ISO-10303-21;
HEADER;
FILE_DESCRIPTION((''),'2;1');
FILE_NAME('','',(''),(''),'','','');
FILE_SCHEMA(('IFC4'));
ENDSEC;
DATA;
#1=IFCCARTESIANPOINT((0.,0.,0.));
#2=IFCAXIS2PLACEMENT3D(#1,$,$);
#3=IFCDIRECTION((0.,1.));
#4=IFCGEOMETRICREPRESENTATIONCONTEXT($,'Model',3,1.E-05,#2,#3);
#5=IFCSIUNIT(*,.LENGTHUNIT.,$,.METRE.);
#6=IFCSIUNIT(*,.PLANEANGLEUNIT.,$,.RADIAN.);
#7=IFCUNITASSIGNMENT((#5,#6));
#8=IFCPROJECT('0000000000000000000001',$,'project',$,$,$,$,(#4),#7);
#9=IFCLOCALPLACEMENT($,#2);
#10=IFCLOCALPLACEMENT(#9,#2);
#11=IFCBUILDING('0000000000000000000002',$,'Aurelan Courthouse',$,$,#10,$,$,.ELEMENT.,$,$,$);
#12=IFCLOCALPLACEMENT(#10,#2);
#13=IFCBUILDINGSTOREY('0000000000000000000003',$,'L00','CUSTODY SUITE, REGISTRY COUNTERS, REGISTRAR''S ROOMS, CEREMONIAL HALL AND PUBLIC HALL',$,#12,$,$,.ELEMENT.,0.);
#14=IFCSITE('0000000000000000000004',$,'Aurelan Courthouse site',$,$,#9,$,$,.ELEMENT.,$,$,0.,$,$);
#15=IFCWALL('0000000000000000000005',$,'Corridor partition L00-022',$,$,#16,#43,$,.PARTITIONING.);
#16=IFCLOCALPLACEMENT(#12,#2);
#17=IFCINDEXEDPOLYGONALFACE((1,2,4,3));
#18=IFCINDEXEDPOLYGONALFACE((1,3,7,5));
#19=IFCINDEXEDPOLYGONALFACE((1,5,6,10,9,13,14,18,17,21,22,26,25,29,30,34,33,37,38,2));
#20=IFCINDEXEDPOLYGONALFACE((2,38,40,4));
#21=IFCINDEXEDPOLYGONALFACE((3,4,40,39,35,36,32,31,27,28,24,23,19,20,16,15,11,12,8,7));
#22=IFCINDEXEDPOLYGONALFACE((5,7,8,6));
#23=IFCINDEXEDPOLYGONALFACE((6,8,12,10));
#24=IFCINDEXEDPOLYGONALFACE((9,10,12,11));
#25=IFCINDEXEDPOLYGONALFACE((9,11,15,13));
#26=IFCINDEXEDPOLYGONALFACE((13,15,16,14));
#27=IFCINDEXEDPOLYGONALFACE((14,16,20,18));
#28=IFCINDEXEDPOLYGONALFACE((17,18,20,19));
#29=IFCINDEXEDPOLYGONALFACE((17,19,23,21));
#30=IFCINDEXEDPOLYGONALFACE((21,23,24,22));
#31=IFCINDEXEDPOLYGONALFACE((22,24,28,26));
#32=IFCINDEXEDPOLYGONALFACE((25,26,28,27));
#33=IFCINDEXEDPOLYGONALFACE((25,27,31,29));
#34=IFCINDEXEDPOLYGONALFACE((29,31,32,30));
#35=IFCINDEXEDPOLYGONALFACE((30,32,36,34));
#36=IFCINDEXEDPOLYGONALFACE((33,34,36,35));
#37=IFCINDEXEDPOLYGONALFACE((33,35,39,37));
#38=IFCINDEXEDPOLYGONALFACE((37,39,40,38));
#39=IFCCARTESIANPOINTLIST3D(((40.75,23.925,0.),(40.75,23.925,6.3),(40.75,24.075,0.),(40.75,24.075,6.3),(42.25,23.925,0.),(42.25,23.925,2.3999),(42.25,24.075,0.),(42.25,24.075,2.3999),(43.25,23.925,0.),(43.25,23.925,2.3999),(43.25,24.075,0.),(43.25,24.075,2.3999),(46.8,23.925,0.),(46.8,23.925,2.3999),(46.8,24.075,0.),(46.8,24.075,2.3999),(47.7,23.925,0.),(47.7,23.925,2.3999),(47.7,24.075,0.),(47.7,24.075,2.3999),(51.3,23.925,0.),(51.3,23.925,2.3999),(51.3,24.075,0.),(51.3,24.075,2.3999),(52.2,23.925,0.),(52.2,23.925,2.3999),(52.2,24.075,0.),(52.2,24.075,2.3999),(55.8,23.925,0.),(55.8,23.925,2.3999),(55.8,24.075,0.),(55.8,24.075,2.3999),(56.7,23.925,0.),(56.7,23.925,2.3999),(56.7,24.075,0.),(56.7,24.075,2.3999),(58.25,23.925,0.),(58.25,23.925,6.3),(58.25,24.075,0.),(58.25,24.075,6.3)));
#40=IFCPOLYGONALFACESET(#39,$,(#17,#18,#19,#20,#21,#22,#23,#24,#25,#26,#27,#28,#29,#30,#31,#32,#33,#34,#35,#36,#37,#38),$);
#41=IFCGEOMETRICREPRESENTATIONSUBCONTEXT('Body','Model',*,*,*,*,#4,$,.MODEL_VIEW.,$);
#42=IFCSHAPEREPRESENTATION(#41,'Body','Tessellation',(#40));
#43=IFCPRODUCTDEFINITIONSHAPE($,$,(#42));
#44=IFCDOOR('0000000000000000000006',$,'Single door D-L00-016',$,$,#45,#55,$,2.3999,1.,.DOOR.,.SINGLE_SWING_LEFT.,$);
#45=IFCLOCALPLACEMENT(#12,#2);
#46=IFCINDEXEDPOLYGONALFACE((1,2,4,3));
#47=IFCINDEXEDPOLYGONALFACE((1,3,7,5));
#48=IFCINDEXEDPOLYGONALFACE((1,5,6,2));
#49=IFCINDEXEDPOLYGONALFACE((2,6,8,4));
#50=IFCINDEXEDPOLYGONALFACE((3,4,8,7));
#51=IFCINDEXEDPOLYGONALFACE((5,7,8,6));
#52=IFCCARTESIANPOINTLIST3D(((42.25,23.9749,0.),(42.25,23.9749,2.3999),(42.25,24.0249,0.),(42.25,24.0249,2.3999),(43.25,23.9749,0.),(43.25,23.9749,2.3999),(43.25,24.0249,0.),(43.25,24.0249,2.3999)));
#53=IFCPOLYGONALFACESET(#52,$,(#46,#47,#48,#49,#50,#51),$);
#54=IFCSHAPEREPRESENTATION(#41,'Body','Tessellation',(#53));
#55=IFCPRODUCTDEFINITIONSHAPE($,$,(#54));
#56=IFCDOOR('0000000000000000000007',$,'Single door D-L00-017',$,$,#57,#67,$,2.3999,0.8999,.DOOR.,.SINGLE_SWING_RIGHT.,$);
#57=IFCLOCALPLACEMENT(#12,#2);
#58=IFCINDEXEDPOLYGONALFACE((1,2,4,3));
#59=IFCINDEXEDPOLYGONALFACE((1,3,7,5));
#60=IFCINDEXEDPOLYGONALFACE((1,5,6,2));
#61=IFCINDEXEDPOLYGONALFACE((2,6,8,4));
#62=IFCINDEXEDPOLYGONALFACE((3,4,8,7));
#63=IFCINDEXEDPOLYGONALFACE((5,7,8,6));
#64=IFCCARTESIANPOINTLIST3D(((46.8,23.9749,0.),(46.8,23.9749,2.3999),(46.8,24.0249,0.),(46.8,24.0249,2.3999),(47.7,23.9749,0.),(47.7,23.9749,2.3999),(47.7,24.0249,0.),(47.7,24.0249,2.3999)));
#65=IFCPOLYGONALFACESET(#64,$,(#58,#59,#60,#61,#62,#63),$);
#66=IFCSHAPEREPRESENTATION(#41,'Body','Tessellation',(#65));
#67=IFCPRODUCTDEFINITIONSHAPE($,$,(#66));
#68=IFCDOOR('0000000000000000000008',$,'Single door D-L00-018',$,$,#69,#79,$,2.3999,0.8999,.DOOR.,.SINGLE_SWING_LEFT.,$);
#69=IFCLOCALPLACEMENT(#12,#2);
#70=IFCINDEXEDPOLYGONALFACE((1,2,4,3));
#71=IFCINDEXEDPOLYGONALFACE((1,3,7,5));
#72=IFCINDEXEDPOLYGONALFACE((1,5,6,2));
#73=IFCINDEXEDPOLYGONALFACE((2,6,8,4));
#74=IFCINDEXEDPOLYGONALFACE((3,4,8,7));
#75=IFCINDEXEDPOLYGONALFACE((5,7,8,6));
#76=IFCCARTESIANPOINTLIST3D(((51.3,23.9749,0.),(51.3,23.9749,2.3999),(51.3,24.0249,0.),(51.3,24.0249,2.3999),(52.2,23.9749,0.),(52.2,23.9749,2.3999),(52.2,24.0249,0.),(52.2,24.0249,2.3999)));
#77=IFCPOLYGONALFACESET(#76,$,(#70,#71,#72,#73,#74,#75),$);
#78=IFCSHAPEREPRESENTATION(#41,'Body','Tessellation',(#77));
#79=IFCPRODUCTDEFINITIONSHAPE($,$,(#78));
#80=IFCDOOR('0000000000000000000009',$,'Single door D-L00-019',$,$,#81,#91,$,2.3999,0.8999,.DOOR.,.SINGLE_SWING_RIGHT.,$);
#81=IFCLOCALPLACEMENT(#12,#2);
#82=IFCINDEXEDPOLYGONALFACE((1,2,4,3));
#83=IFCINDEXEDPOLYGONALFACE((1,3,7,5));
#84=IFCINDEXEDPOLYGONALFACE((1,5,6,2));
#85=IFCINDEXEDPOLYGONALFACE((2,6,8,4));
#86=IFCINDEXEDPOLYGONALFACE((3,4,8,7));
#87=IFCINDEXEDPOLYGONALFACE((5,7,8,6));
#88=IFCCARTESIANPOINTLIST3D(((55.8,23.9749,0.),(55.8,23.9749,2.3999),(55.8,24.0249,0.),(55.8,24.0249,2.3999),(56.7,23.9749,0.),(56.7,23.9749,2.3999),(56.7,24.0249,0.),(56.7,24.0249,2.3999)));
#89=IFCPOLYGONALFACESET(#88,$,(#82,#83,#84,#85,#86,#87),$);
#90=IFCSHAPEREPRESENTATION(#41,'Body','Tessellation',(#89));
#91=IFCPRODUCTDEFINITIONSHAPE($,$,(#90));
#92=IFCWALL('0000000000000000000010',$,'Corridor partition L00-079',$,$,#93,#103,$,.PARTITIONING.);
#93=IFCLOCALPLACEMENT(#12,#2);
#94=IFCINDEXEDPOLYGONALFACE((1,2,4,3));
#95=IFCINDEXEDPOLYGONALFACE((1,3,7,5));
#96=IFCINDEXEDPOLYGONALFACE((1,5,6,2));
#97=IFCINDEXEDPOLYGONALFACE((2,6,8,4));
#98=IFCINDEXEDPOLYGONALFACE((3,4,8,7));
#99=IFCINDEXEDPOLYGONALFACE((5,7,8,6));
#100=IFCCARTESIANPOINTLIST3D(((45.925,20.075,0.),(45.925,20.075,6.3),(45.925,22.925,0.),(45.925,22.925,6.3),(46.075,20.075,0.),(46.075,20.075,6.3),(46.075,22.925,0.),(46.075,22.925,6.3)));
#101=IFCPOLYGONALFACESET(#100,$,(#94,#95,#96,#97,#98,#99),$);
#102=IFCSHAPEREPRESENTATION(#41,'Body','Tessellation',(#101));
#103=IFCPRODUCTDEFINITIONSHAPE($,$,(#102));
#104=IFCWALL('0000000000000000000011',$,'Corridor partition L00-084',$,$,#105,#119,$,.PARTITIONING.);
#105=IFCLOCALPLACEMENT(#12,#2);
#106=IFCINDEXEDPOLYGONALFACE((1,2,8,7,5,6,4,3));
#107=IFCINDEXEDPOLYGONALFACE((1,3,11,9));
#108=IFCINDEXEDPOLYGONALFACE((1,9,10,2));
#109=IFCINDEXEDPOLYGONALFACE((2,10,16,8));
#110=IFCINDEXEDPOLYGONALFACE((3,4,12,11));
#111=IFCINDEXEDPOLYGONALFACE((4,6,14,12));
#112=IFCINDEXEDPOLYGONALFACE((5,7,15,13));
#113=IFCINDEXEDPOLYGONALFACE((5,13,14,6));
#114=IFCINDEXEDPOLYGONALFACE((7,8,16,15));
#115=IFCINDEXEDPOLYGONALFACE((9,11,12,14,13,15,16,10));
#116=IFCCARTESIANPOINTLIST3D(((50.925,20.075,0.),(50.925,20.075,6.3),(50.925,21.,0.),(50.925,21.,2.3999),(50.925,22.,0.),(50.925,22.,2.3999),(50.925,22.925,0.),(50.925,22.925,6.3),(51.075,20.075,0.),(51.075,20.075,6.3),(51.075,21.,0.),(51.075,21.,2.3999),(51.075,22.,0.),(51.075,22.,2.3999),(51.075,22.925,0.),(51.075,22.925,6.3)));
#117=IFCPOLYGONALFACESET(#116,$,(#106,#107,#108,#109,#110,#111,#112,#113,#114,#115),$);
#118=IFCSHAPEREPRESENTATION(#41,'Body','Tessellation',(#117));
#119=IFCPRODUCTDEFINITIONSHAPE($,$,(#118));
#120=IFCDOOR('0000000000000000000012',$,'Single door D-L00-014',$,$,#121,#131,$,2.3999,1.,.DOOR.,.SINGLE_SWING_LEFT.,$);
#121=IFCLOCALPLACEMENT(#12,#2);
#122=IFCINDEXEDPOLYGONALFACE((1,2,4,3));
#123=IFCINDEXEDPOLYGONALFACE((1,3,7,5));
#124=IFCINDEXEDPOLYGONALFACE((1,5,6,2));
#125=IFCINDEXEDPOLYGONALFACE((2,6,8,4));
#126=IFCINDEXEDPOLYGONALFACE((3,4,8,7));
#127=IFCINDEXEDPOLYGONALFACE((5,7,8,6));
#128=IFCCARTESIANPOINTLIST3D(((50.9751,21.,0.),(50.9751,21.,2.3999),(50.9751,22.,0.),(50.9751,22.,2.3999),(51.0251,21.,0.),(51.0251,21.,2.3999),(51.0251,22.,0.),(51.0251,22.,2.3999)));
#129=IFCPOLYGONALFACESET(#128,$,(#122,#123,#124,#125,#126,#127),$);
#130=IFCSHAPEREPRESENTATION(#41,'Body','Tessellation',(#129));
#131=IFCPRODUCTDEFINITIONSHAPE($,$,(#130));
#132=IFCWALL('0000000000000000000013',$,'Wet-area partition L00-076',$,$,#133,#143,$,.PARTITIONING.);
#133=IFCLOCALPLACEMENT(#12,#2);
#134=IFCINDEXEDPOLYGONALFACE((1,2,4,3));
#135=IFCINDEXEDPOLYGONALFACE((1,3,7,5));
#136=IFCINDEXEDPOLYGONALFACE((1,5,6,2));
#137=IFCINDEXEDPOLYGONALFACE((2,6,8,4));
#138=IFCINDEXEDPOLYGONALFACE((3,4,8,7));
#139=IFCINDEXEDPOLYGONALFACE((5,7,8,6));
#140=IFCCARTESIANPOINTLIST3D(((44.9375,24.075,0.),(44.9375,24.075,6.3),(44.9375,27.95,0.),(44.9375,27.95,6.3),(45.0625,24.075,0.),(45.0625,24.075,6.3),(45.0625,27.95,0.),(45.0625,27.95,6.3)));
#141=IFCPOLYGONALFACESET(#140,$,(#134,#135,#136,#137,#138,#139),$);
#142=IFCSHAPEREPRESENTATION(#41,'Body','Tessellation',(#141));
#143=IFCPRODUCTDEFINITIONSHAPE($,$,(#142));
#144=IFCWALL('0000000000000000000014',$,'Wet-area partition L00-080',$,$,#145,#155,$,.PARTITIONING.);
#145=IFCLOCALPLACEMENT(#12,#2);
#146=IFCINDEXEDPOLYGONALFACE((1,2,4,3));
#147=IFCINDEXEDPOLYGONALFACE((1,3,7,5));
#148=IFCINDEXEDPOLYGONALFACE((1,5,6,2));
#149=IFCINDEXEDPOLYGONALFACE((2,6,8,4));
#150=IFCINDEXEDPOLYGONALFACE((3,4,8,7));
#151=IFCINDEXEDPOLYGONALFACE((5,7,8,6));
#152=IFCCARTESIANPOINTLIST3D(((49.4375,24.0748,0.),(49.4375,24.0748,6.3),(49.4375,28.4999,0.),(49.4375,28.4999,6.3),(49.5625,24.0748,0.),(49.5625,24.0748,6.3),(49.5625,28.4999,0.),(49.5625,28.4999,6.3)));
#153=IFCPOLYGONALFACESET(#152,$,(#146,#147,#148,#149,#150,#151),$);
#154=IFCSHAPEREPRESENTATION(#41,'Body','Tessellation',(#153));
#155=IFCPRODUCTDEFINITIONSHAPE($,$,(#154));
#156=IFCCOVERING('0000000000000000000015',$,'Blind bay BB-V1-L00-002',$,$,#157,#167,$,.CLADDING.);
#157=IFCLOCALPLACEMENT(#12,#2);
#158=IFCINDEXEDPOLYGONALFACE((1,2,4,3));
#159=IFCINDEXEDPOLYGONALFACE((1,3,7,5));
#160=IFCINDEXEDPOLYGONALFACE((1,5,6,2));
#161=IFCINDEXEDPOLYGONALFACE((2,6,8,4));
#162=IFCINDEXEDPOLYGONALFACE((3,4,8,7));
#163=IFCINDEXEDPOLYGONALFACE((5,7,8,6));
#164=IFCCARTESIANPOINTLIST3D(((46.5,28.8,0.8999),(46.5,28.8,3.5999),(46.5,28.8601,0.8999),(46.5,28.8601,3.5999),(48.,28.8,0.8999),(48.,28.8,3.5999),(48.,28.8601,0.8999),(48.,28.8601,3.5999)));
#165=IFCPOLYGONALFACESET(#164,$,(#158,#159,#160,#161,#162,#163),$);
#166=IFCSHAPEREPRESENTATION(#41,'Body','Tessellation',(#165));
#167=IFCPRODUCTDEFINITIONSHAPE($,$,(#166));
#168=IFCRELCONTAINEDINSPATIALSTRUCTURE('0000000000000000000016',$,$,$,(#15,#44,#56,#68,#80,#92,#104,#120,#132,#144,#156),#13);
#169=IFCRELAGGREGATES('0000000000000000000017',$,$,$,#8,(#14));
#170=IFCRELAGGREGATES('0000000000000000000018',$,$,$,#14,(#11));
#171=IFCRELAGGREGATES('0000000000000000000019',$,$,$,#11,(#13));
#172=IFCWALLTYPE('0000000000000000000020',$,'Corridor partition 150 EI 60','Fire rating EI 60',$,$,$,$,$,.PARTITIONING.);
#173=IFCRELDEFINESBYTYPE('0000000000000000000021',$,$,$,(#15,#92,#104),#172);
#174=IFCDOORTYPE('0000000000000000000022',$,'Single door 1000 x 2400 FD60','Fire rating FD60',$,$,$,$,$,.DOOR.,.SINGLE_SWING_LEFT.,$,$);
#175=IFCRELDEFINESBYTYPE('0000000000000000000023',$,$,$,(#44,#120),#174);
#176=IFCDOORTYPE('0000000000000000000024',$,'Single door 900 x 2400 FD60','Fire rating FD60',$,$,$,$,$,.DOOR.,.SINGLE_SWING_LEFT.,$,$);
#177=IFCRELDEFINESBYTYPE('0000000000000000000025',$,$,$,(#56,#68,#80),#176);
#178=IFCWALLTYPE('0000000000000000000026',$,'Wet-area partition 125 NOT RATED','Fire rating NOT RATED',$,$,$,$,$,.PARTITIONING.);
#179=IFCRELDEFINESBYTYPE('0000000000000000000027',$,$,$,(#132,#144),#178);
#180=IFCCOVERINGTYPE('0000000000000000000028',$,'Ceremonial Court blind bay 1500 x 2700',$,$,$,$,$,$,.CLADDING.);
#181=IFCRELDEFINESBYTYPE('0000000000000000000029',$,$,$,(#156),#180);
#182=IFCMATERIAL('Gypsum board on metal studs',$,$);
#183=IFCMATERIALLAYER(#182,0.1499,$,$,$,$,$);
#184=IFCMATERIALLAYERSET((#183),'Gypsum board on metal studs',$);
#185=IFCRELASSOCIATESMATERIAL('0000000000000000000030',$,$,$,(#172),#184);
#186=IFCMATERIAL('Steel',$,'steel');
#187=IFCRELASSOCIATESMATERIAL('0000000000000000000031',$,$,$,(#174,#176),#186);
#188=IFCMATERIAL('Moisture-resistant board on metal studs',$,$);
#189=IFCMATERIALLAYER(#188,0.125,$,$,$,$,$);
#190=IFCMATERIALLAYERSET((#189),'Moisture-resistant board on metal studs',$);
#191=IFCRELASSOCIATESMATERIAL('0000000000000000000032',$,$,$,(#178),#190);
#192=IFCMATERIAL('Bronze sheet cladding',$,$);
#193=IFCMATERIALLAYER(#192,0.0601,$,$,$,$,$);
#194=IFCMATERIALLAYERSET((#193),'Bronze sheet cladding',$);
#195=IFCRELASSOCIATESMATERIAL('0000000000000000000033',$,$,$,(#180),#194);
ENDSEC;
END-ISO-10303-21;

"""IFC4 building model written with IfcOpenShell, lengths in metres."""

from ifc_helpers import new_model, si_unit, direction, frame, frame_2d, origin, origin_2d, place, context, subcontext, project, spatial, rectangle, extrude, material, layer, layer_set, type_object, element, fill, save


model = new_model("IFC4")

# Units and contexts
model_context = context("Model", 3, precision=1e-05, world=origin(), true_north=direction((0.0, 1.0)))
body_context = subcontext(model_context, "Body", "Model", "MODEL_VIEW")
ifc_project = project(units=[si_unit("LENGTHUNIT", "METRE"), si_unit("PLANEANGLEUNIT", "RADIAN")], contexts=[model_context])

# Site, building, storey
site_placement = place(None, origin())
site = spatial("IfcSite", under=ifc_project, at=site_placement, Name="Aurelan Courthouse site", CompositionType="ELEMENT", RefElevation=0.0)
building_placement = place(site_placement, origin())
building = spatial("IfcBuilding", under=site, at=building_placement, Name="Aurelan Courthouse", CompositionType="ELEMENT")
storey_placement = place(building_placement, origin())
storey = spatial("IfcBuildingStorey", under=building, at=storey_placement, Name="L00", Description="CUSTODY SUITE, REGISTRY COUNTERS, REGISTRAR'S ROOMS, CEREMONIAL HALL AND PUBLIC HALL", CompositionType="ELEMENT", Elevation=0.0)

# Shared definitions
ifc_material_1 = material(Name="Gypsum board on metal studs")
ifc_layer_1 = layer(ifc_material_1, 0.1499)
ifc_layer_set_1 = layer_set([ifc_layer_1], Name="Gypsum board on metal studs")
wall_type_1 = type_object("IfcWallType", Name="Corridor partition 150 EI 60", Description="Fire rating EI 60", PredefinedType="PARTITIONING", material=ifc_layer_set_1)

# Wall, openings, doors
wall_1_placement = place(storey_placement, frame((40.75, 24.0, 0.0), z_axis=(0.0, 0.0, 1.0), x_axis=(1.0, 0.0, 0.0)))
wall_1 = element("IfcWall", 1, at=wall_1_placement, inside=storey, type_object=wall_type_1, Name="Corridor partition L00-022", PredefinedType="PARTITIONING", context=body_context, shape_type="SweptSolid", body=[
    extrude(rectangle(XDim=17.5, YDim=0.1499, at=frame_2d((8.75, 0.0))), origin(), (0.0, 0.0, 1.0), 6.3),
])
opening_1_placement = place(wall_1_placement, frame((1.5, 0.0, 0.0)))
opening_1 = element("IfcOpeningElement", 2, at=opening_1_placement, cuts=wall_1, PredefinedType="OPENING", context=body_context, shape_type="SweptSolid", body=[
    extrude(rectangle(XDim=1.0, YDim=2.3999, at=frame_2d((0.5, 1.2))), frame((0.0, 0.085, 0.0), z_axis=(0.0, -1.0, 0.0), x_axis=(1.0, 0.0, 0.0)), (0.0, 0.0, 1.0), 0.1699),
])
opening_2_placement = place(wall_1_placement, frame((6.05, 0.0, 0.0)))
opening_2 = element("IfcOpeningElement", 3, at=opening_2_placement, cuts=wall_1, PredefinedType="OPENING", context=body_context, shape_type="SweptSolid", body=[
    extrude(rectangle(XDim=0.8999, YDim=2.3999, at=frame_2d((0.45, 1.2))), frame((0.0, 0.085, 0.0), z_axis=(0.0, -1.0, 0.0), x_axis=(1.0, 0.0, 0.0)), (0.0, 0.0, 1.0), 0.1699),
])
opening_3_placement = place(wall_1_placement, frame((10.55, 0.0, 0.0)))
opening_3 = element("IfcOpeningElement", 4, at=opening_3_placement, cuts=wall_1, PredefinedType="OPENING", context=body_context, shape_type="SweptSolid", body=[
    extrude(rectangle(XDim=0.8999, YDim=2.3999, at=frame_2d((0.45, 1.2))), frame((0.0, 0.085, 0.0), z_axis=(0.0, -1.0, 0.0), x_axis=(1.0, 0.0, 0.0)), (0.0, 0.0, 1.0), 0.1699),
])
opening_4_placement = place(wall_1_placement, frame((15.05, 0.0, 0.0)))
opening_4 = element("IfcOpeningElement", 5, at=opening_4_placement, cuts=wall_1, PredefinedType="OPENING", context=body_context, shape_type="SweptSolid", body=[
    extrude(rectangle(XDim=0.8999, YDim=2.3999, at=frame_2d((0.45, 1.2))), frame((0.0, 0.085, 0.0), z_axis=(0.0, -1.0, 0.0), x_axis=(1.0, 0.0, 0.0)), (0.0, 0.0, 1.0), 0.1699),
])
ifc_material_2 = material(Name="Steel", Category="steel")
door_type_1 = type_object("IfcDoorType", Name="Single door 1000 x 2400 FD60", Description="Fire rating FD60", OperationType="SINGLE_SWING_LEFT", PredefinedType="DOOR", material=ifc_material_2)
door_1_placement = place(opening_1_placement, origin())
door_1 = element("IfcDoor", 6, at=door_1_placement, inside=storey, type_object=door_type_1, Name="Single door D-L00-016", OperationType="SINGLE_SWING_LEFT", OverallHeight=2.3999, OverallWidth=1.0, PredefinedType="DOOR", context=body_context, shape_type="SweptSolid", body=[
    extrude(rectangle(XDim=1.0, YDim=2.3999, at=frame_2d((0.5, 1.2))), frame((0.0, 0.0249, 0.0), z_axis=(0.0, -1.0, 0.0), x_axis=(1.0, 0.0, 0.0)), (0.0, 0.0, 1.0), 0.05),
])
fill(opening_1, door_1)
door_type_2 = type_object("IfcDoorType", Name="Single door 900 x 2400 FD60", Description="Fire rating FD60", OperationType="SINGLE_SWING_LEFT", PredefinedType="DOOR", material=ifc_material_2)
door_2_placement = place(opening_2_placement, origin())
door_2 = element("IfcDoor", 7, at=door_2_placement, inside=storey, type_object=door_type_2, Name="Single door D-L00-017", OperationType="SINGLE_SWING_RIGHT", OverallHeight=2.3999, OverallWidth=0.8999, PredefinedType="DOOR", context=body_context, shape_type="SweptSolid", body=[
    extrude(rectangle(XDim=0.8999, YDim=2.3999, at=frame_2d((0.45, 1.2))), frame((0.0, 0.0249, 0.0), z_axis=(0.0, -1.0, 0.0), x_axis=(1.0, 0.0, 0.0)), (0.0, 0.0, 1.0), 0.05),
])
fill(opening_2, door_2)
door_3_placement = place(opening_3_placement, origin())
door_3 = element("IfcDoor", 8, at=door_3_placement, inside=storey, type_object=door_type_2, Name="Single door D-L00-018", OperationType="SINGLE_SWING_LEFT", OverallHeight=2.3999, OverallWidth=0.8999, PredefinedType="DOOR", context=body_context, shape_type="SweptSolid", body=[
    extrude(rectangle(XDim=0.8999, YDim=2.3999, at=frame_2d((0.45, 1.2))), frame((0.0, 0.0249, 0.0), z_axis=(0.0, -1.0, 0.0), x_axis=(1.0, 0.0, 0.0)), (0.0, 0.0, 1.0), 0.05),
])
fill(opening_3, door_3)
door_4_placement = place(opening_4_placement, origin())
door_4 = element("IfcDoor", 9, at=door_4_placement, inside=storey, type_object=door_type_2, Name="Single door D-L00-019", OperationType="SINGLE_SWING_RIGHT", OverallHeight=2.3999, OverallWidth=0.8999, PredefinedType="DOOR", context=body_context, shape_type="SweptSolid", body=[
    extrude(rectangle(XDim=0.8999, YDim=2.3999, at=frame_2d((0.45, 1.2))), frame((0.0, 0.0249, 0.0), z_axis=(0.0, -1.0, 0.0), x_axis=(1.0, 0.0, 0.0)), (0.0, 0.0, 1.0), 0.05),
])
fill(opening_4, door_4)

# Wall
wall_2_placement = place(storey_placement, frame((46.0, 20.075, 0.0), z_axis=(0.0, 0.0, 1.0), x_axis=(0.0, 1.0, 0.0)))
element("IfcWall", 10, at=wall_2_placement, inside=storey, type_object=wall_type_1, Name="Corridor partition L00-079", PredefinedType="PARTITIONING", context=body_context, shape_type="SweptSolid", body=[
    extrude(rectangle(XDim=2.8501, YDim=0.1499, at=frame_2d((1.425, 0.0))), origin(), (0.0, 0.0, 1.0), 6.3),
])

# Wall, opening, door
wall_3_placement = place(storey_placement, frame((51.0, 20.075, 0.0), z_axis=(0.0, 0.0, 1.0), x_axis=(0.0, 1.0, 0.0)))
wall_3 = element("IfcWall", 11, at=wall_3_placement, inside=storey, type_object=wall_type_1, Name="Corridor partition L00-084", PredefinedType="PARTITIONING", context=body_context, shape_type="SweptSolid", body=[
    extrude(rectangle(XDim=2.8501, YDim=0.1499, at=frame_2d((1.425, 0.0))), origin(), (0.0, 0.0, 1.0), 6.3),
])
opening_5_placement = place(wall_3_placement, frame((0.925, 0.0, 0.0)))
opening_5 = element("IfcOpeningElement", 12, at=opening_5_placement, cuts=wall_3, PredefinedType="OPENING", context=body_context, shape_type="SweptSolid", body=[
    extrude(rectangle(XDim=1.0, YDim=2.3999, at=frame_2d((0.5, 1.2))), frame((0.0, 0.085, 0.0), z_axis=(0.0, -1.0, 0.0), x_axis=(1.0, 0.0, 0.0)), (0.0, 0.0, 1.0), 0.1699),
])
door_5_placement = place(opening_5_placement, origin())
door_5 = element("IfcDoor", 13, at=door_5_placement, inside=storey, type_object=door_type_1, Name="Single door D-L00-014", OperationType="SINGLE_SWING_LEFT", OverallHeight=2.3999, OverallWidth=1.0, PredefinedType="DOOR", context=body_context, shape_type="SweptSolid", body=[
    extrude(rectangle(XDim=1.0, YDim=2.3999, at=frame_2d((0.5, 1.2))), frame((0.0, 0.0249, 0.0), z_axis=(0.0, -1.0, 0.0), x_axis=(1.0, 0.0, 0.0)), (0.0, 0.0, 1.0), 0.05),
])
fill(opening_5, door_5)

# Walls
ifc_material_3 = material(Name="Moisture-resistant board on metal studs")
ifc_layer_2 = layer(ifc_material_3, 0.125)
ifc_layer_set_2 = layer_set([ifc_layer_2], Name="Moisture-resistant board on metal studs")
wall_type_2 = type_object("IfcWallType", Name="Wet-area partition 125 NOT RATED", Description="Fire rating NOT RATED", PredefinedType="PARTITIONING", material=ifc_layer_set_2)
wall_4_placement = place(storey_placement, frame((45.0, 24.075, 0.0), z_axis=(0.0, 0.0, 1.0), x_axis=(0.0, 1.0, 0.0)))
element("IfcWall", 14, at=wall_4_placement, inside=storey, type_object=wall_type_2, Name="Wet-area partition L00-076", PredefinedType="PARTITIONING", context=body_context, shape_type="SweptSolid", body=[
    extrude(rectangle(XDim=3.875, YDim=0.125, at=frame_2d((1.9375, 0.0))), origin(), (0.0, 0.0, 1.0), 6.3),
])
wall_5_placement = place(storey_placement, frame((49.5, 24.075, 0.0), z_axis=(0.0, 0.0, 1.0), x_axis=(0.0, 1.0, 0.0)))
element("IfcWall", 15, at=wall_5_placement, inside=storey, type_object=wall_type_2, Name="Wet-area partition L00-080", PredefinedType="PARTITIONING", context=body_context, shape_type="SweptSolid", body=[
    extrude(rectangle(XDim=4.425, YDim=0.125, at=frame_2d((2.2124, 0.0))), origin(), (0.0, 0.0, 1.0), 6.3),
])

# Covering
ifc_material_4 = material(Name="Bronze sheet cladding")
ifc_layer_3 = layer(ifc_material_4, 0.0601)
ifc_layer_set_3 = layer_set([ifc_layer_3], Name="Bronze sheet cladding")
covering_type_1 = type_object("IfcCoveringType", Name="Ceremonial Court blind bay 1500 x 2700", PredefinedType="CLADDING", material=ifc_layer_set_3)
for number, where, z_axis, x_axis, name in (
    (16, (47.25, 28.8301, 0.8999), (0.0, 0.0, 1.0), (1.0, 0.0, 0.0), "Blind bay BB-V1-L00-002"),
):
    element("IfcCovering", number, at=place(storey_placement, frame(where, z_axis=z_axis, x_axis=x_axis)), inside=storey, type_object=covering_type_1, Name=name, PredefinedType="CLADDING", context=body_context, shape_type="SweptSolid", body=[
        extrude(rectangle(XDim=1.5, YDim=0.0601, at=origin_2d()), origin(), (0.0, 0.0, 1.0), 2.7),
    ])

save(model, "model.ifc")
